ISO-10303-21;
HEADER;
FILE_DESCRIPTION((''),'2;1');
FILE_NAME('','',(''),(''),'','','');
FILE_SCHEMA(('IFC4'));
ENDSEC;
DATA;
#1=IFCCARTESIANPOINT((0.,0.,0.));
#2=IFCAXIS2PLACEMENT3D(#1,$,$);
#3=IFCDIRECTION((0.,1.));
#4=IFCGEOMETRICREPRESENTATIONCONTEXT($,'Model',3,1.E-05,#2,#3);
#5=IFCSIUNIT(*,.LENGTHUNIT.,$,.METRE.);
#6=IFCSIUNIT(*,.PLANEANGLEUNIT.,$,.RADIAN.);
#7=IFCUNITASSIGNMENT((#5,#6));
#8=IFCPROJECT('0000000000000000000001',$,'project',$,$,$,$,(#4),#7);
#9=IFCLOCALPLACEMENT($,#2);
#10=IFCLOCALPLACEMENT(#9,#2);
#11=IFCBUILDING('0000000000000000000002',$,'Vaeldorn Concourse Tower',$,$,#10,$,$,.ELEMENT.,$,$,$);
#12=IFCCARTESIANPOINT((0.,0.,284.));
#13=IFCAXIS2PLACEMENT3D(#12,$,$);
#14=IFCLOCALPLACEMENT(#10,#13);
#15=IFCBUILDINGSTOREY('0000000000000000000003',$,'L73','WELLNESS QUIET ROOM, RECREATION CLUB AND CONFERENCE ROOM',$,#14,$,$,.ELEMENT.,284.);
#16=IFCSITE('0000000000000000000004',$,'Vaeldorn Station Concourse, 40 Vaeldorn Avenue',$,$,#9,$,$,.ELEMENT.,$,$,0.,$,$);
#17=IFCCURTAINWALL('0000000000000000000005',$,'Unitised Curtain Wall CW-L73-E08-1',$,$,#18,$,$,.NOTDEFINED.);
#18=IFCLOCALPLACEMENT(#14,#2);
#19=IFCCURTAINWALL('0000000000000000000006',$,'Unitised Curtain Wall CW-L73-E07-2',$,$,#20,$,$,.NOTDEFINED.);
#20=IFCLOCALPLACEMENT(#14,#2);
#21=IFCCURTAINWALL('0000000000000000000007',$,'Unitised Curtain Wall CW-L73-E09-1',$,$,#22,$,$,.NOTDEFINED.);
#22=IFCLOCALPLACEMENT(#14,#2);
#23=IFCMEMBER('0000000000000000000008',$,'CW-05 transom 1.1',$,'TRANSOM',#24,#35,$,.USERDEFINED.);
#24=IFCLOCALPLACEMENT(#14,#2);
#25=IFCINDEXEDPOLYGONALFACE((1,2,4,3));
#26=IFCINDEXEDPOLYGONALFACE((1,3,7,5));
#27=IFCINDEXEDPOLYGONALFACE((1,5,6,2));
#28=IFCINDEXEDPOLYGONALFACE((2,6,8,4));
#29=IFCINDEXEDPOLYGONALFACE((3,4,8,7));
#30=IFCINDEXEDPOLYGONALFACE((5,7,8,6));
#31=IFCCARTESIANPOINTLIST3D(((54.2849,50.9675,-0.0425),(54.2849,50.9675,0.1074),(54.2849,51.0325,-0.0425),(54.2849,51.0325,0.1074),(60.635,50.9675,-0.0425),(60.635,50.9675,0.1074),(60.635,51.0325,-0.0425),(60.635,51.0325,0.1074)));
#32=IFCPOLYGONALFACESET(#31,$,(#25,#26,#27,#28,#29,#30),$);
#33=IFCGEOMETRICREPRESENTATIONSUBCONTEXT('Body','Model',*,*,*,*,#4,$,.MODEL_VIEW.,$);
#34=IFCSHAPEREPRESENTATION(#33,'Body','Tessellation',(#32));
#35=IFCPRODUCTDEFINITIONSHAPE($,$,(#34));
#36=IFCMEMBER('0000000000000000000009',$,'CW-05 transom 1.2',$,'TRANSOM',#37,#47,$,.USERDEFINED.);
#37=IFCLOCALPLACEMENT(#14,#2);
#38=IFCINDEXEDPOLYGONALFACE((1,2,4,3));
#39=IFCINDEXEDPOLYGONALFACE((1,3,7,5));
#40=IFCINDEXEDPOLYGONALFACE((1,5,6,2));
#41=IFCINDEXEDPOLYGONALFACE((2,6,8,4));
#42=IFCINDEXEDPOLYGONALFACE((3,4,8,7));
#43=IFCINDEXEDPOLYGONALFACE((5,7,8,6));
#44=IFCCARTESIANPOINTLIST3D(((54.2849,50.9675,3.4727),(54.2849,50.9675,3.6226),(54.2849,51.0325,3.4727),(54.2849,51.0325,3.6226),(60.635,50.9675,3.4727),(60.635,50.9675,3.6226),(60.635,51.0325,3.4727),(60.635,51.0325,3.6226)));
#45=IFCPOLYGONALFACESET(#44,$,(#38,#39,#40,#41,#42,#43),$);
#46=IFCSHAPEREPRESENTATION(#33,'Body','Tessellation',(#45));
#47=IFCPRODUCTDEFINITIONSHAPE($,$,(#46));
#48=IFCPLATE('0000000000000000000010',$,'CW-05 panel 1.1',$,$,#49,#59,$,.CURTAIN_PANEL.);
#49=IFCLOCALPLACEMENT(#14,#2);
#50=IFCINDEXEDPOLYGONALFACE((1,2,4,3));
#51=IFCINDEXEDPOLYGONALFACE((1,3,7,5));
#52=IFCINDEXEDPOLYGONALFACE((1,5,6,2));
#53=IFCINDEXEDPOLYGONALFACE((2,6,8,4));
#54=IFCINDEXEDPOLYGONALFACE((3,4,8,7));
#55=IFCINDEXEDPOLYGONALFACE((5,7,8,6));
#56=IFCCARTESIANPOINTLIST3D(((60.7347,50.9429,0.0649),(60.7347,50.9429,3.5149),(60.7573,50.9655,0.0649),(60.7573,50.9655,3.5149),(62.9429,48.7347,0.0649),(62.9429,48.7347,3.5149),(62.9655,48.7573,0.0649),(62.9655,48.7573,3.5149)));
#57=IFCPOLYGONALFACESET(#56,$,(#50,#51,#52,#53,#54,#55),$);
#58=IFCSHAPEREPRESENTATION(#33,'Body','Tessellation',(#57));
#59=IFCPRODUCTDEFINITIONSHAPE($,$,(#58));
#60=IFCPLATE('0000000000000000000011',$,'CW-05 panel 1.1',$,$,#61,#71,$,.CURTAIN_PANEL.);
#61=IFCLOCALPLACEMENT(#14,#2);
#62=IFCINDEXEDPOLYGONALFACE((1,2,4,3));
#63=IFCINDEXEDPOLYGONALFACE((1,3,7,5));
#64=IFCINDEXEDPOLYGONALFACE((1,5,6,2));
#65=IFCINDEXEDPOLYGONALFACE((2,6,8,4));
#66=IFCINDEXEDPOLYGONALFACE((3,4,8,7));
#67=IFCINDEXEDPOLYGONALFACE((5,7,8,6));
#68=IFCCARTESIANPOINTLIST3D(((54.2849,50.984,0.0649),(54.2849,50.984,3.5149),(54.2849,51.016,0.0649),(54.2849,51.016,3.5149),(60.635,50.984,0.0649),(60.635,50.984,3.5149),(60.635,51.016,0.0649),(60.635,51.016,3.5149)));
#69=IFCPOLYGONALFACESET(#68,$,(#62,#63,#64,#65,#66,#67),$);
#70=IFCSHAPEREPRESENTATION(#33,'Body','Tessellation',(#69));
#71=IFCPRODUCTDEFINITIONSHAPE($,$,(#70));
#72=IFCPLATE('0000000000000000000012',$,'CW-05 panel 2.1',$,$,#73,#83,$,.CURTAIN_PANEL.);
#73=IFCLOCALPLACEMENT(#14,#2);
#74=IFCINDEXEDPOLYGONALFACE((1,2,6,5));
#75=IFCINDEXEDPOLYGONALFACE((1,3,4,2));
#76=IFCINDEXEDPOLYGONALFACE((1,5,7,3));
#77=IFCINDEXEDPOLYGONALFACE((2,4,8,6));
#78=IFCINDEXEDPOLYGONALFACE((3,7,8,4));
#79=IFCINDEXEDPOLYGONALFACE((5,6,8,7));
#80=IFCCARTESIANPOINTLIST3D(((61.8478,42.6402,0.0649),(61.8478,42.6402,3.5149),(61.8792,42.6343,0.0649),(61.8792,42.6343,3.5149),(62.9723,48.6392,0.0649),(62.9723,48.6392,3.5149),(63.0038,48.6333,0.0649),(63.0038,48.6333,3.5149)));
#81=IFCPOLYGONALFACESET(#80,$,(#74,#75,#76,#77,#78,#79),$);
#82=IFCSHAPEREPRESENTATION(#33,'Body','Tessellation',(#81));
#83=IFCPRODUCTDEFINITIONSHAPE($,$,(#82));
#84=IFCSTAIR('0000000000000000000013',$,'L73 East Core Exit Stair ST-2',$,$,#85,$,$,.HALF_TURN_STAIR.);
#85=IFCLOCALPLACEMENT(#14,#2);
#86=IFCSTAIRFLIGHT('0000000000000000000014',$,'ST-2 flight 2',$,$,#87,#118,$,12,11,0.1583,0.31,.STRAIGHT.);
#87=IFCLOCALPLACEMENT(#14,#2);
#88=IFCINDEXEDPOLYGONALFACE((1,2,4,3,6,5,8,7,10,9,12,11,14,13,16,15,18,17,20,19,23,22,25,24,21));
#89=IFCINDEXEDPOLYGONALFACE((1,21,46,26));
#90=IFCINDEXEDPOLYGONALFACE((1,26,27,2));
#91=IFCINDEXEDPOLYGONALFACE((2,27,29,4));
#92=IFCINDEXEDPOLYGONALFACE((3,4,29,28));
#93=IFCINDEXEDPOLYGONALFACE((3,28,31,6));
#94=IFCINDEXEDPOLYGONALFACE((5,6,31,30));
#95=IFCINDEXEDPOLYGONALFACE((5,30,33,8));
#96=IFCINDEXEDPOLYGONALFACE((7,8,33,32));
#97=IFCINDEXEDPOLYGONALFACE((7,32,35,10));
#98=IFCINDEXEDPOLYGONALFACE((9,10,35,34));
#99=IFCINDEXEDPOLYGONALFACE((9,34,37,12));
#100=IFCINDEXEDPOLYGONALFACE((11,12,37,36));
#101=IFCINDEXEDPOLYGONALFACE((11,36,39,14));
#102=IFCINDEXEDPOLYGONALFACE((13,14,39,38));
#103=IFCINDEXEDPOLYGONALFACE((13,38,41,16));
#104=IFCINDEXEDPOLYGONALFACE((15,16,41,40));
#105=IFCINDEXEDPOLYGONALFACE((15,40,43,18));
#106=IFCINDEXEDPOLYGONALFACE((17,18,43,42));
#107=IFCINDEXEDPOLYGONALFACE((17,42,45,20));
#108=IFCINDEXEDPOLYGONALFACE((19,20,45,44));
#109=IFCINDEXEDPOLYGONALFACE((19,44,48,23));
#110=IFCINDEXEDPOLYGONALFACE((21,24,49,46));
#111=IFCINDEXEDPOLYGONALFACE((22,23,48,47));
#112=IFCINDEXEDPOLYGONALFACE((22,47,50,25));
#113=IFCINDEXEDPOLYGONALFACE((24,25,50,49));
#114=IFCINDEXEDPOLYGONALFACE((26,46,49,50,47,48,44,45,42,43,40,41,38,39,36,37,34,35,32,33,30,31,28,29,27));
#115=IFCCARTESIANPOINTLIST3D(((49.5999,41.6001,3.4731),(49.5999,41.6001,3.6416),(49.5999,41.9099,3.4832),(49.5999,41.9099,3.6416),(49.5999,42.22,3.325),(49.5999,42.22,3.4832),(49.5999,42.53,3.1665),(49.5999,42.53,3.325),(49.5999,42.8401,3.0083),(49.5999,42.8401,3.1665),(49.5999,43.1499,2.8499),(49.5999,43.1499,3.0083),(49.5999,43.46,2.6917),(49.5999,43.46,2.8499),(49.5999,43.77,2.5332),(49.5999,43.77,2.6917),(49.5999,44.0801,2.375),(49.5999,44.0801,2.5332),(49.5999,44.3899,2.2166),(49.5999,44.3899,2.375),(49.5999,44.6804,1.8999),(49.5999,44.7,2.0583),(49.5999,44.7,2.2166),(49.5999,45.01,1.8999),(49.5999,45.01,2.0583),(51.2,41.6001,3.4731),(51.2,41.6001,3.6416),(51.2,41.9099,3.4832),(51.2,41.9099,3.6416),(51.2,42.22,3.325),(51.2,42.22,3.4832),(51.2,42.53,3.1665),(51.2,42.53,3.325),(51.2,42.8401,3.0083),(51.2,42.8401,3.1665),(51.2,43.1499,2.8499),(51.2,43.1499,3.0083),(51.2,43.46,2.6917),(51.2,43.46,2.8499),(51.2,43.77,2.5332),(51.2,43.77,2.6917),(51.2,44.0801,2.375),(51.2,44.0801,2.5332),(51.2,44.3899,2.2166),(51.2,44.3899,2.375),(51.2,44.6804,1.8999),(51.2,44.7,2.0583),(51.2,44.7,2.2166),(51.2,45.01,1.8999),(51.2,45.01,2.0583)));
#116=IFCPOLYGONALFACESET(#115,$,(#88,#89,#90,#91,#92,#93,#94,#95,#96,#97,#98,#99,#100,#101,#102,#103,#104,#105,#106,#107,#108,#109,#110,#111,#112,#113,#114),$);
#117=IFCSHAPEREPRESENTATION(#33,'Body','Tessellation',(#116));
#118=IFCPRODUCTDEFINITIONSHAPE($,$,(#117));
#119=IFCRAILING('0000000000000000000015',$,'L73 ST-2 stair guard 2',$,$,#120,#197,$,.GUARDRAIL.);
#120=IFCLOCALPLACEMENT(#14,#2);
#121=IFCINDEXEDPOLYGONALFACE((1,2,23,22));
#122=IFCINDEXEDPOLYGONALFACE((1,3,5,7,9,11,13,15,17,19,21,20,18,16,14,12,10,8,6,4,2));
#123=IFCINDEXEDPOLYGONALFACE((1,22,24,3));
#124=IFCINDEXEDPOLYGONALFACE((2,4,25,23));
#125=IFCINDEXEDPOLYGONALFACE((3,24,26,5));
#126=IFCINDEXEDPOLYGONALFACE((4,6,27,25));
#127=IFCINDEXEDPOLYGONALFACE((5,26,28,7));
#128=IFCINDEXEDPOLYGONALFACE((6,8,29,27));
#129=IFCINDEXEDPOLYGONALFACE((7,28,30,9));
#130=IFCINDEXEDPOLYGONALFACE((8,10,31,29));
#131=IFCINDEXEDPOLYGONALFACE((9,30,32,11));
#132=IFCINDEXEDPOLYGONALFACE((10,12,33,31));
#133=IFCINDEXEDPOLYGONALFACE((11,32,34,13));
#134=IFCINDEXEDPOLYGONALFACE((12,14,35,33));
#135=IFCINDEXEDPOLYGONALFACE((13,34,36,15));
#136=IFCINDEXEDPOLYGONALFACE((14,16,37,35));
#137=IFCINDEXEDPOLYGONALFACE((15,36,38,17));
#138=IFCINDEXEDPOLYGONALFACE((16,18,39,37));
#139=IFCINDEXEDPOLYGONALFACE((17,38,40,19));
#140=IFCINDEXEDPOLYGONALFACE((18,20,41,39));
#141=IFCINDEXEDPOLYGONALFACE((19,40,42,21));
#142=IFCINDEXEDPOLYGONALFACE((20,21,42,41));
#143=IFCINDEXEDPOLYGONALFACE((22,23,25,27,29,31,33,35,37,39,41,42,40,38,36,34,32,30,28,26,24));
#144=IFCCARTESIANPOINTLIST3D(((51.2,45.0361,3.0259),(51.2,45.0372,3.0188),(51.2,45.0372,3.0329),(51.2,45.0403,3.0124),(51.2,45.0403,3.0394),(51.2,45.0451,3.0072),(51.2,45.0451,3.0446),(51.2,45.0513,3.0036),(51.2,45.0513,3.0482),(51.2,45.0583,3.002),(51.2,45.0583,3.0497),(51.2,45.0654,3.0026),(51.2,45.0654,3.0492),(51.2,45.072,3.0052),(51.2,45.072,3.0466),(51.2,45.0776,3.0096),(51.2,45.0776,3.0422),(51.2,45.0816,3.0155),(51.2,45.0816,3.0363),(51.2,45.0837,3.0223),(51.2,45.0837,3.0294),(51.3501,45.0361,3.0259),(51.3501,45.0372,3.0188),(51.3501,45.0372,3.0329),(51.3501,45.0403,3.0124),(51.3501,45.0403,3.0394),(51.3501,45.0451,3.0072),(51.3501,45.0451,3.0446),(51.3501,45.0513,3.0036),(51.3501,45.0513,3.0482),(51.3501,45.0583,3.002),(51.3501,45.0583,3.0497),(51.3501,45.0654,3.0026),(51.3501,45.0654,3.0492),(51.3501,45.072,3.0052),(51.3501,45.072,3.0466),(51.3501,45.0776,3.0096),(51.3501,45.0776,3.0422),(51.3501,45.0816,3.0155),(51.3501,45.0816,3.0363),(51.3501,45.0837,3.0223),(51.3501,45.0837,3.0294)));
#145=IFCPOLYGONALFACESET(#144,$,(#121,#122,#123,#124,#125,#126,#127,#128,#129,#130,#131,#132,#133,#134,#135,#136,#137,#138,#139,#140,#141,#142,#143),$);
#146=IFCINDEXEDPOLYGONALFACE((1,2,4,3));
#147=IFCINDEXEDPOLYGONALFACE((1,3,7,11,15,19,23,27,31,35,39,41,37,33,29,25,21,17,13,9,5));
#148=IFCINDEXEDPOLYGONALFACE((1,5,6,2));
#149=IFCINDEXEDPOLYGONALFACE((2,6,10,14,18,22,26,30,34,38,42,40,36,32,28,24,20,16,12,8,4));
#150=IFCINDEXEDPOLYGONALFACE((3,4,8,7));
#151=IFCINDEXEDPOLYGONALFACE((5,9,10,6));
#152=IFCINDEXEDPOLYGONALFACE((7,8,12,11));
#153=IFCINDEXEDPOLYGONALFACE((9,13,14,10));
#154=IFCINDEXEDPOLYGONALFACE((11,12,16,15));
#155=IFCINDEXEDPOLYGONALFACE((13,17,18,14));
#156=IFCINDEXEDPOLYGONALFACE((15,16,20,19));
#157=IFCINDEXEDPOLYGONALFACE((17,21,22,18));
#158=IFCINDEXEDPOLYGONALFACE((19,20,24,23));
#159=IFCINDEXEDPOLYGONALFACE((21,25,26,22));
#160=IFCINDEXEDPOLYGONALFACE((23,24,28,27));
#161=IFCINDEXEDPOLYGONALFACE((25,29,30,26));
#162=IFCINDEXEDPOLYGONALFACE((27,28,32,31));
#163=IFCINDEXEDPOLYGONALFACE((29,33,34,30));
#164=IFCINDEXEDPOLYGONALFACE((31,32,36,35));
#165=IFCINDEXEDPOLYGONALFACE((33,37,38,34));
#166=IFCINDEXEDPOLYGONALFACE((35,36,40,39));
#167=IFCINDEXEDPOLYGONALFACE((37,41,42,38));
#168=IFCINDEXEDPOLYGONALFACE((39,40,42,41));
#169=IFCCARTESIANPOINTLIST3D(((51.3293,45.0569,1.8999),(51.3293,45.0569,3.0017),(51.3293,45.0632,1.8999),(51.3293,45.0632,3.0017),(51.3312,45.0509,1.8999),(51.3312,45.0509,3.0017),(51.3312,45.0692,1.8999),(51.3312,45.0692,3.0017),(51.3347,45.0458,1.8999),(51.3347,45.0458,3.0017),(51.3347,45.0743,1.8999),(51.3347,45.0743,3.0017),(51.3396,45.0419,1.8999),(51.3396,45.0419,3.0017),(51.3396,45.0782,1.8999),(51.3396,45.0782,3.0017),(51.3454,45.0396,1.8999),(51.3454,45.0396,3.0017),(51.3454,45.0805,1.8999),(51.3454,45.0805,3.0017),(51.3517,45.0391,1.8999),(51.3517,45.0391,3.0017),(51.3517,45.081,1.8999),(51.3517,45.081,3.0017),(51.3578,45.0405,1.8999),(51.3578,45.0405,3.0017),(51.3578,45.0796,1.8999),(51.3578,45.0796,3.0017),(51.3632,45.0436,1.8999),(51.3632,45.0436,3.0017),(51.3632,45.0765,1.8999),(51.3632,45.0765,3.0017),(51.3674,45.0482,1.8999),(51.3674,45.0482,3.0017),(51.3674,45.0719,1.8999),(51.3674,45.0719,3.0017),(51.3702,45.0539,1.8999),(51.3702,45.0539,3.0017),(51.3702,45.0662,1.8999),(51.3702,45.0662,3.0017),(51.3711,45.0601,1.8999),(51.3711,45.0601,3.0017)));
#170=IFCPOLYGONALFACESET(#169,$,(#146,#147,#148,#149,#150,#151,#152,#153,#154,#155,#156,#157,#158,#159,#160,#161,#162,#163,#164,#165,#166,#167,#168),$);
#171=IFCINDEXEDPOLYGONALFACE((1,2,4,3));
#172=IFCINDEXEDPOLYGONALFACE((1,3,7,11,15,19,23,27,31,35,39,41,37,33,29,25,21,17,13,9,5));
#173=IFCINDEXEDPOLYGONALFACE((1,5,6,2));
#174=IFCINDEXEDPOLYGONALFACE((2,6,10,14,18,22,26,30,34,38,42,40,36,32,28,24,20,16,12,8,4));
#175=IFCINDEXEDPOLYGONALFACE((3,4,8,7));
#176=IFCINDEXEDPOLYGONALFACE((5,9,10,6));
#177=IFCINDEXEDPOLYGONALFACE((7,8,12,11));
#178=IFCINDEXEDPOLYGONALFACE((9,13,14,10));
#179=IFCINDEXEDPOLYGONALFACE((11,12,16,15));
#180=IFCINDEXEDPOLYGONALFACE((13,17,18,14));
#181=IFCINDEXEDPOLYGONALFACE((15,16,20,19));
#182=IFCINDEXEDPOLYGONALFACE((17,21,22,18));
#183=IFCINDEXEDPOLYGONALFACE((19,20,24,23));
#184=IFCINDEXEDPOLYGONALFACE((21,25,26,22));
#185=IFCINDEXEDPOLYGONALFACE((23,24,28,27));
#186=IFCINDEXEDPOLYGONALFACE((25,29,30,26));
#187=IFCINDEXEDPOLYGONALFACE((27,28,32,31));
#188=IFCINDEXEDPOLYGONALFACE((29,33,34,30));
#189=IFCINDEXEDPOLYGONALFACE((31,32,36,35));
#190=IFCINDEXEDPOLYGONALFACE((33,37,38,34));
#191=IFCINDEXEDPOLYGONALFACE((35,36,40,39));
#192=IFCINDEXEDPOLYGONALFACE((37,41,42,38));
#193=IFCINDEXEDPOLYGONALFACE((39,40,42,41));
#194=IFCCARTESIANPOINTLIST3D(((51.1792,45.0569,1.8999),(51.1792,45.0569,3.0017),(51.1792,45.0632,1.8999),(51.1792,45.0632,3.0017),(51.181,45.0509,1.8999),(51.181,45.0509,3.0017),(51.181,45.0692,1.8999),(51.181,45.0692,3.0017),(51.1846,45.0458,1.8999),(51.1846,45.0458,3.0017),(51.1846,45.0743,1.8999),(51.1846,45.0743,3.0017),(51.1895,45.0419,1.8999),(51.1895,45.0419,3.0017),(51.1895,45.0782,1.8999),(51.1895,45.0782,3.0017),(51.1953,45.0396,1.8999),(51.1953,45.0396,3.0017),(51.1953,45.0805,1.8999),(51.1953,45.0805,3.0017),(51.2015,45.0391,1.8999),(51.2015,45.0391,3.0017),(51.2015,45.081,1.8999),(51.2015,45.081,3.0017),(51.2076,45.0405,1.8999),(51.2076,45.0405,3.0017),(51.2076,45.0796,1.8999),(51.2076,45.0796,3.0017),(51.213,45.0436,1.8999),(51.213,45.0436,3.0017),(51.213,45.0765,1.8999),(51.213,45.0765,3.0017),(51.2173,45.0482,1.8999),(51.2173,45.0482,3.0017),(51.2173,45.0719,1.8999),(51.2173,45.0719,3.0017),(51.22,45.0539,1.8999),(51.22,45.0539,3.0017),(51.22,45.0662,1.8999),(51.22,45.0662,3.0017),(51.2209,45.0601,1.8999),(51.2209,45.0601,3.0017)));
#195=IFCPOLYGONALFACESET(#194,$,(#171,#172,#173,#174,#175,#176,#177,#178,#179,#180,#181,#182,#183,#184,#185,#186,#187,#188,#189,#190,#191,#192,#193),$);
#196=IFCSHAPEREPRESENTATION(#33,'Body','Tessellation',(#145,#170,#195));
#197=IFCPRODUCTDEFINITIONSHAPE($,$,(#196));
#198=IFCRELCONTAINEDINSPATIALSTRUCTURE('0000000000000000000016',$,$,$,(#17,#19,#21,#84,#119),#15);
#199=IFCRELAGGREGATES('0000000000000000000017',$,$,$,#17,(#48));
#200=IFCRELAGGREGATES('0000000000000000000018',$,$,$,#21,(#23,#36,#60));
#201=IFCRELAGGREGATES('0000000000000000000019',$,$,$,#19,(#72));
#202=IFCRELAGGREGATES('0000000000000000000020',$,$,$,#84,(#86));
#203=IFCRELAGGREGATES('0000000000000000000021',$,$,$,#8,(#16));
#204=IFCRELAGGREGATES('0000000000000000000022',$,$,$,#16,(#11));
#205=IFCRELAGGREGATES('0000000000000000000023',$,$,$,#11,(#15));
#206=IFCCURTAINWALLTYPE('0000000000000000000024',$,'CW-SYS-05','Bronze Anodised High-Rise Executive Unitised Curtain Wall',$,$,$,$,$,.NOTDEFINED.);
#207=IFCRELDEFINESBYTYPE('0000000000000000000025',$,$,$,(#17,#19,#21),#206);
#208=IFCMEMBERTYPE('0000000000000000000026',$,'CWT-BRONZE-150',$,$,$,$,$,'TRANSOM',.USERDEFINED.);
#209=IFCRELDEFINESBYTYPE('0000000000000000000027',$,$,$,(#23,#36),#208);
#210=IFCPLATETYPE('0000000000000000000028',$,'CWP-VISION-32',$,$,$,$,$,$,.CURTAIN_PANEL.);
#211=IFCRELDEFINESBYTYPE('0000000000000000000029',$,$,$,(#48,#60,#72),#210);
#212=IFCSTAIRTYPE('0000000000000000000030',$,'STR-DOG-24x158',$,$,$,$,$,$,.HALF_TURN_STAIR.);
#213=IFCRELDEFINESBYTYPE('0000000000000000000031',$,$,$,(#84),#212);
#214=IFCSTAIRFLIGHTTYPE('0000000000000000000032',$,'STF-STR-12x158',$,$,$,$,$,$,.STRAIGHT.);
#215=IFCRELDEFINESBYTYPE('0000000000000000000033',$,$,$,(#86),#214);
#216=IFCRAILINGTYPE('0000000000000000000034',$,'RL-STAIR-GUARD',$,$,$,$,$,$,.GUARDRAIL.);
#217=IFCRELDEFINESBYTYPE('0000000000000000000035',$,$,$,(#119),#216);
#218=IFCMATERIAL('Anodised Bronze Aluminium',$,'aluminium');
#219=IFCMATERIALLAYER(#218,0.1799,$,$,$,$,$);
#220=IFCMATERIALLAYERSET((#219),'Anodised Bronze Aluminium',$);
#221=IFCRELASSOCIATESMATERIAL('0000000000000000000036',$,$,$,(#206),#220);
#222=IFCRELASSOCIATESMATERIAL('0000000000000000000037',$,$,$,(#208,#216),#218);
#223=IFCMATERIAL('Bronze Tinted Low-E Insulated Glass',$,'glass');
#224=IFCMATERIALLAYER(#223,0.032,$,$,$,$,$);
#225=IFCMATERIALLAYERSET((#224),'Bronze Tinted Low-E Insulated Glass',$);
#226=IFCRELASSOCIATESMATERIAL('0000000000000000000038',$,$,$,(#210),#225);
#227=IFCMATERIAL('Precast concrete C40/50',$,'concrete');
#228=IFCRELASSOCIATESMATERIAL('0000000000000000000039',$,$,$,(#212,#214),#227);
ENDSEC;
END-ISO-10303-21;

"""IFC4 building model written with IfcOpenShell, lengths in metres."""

from ifc_helpers import new_model, si_unit, direction, frame, origin, origin_2d, place, context, subcontext, project, spatial, polyline, rectangle, circle, outline, extrude, source, transform, mapped, material, layer, layer_set, material_profile, profile_set, type_object, element, aggregate, save


model = new_model("IFC4")

# Units and contexts
model_context = context("Model", 3, precision=1e-05, world=origin(), true_north=direction((0.0, 1.0)))
body_context = subcontext(model_context, "Body", "Model", "MODEL_VIEW")
ifc_project = project(units=[si_unit("LENGTHUNIT", "METRE"), si_unit("PLANEANGLEUNIT", "RADIAN")], contexts=[model_context])

# Site, building, storey
site_placement = place(None, origin())
site = spatial("IfcSite", under=ifc_project, at=site_placement, Name="Vaeldorn Station Concourse, 40 Vaeldorn Avenue", CompositionType="ELEMENT", RefElevation=0.0)
building_placement = place(site_placement, origin())
building = spatial("IfcBuilding", under=site, at=building_placement, Name="Vaeldorn Concourse Tower", CompositionType="ELEMENT")
storey_placement = place(building_placement, frame((0.0, 0.0, 284.0)))
storey = spatial("IfcBuildingStorey", under=building, at=storey_placement, Name="L73", Description="WELLNESS QUIET ROOM, RECREATION CLUB AND CONFERENCE ROOM", CompositionType="ELEMENT", Elevation=284.0)

# Curtain wall
ifc_material_1 = material(Name="Anodised Bronze Aluminium", Category="aluminium")
ifc_layer_1 = layer(ifc_material_1, 0.1799)
ifc_layer_set_1 = layer_set([ifc_layer_1], Name="Anodised Bronze Aluminium")
curtain_wall_type = type_object("IfcCurtainWallType", Name="CW-SYS-05", Description="Bronze Anodised High-Rise Executive Unitised Curtain Wall", PredefinedType="NOTDEFINED", material=ifc_layer_set_1)
curtain_wall_1_placement = place(storey_placement, origin())
curtain_wall_1 = element("IfcCurtainWall", 1, at=curtain_wall_1_placement, inside=storey, type_object=curtain_wall_type, Name="Unitised Curtain Wall CW-L73-E08-1", PredefinedType="NOTDEFINED")
ifc_material_profile_1 = material_profile(ifc_material_1, rectangle(XDim=0.0649, YDim=0.1499, at=origin_2d()), Name="CWT 65x150")
ifc_profile_set_1 = profile_set([ifc_material_profile_1], Name="Anodised Bronze Aluminium")
member_type_1 = type_object("IfcMemberType", Name="CWT-BRONZE-150", ElementType="TRANSOM", PredefinedType="USERDEFINED", material=ifc_profile_set_1)

# Curtain wall
curtain_wall_2_placement = place(storey_placement, origin())
curtain_wall_2 = element("IfcCurtainWall", 2, at=curtain_wall_2_placement, inside=storey, type_object=curtain_wall_type, Name="Unitised Curtain Wall CW-L73-E07-2", PredefinedType="NOTDEFINED")

# Curtain wall, members
curtain_wall_3_placement = place(storey_placement, origin())
curtain_wall_3 = element("IfcCurtainWall", 3, at=curtain_wall_3_placement, inside=storey, type_object=curtain_wall_type, Name="Unitised Curtain Wall CW-L73-E09-1", PredefinedType="NOTDEFINED")
shared_shape_1 = source(origin(), body_context, "Body", "SweptSolid", [
    extrude(rectangle(XDim=0.0649, YDim=0.1499, at=origin_2d()), origin(), (0.0, 0.0, 1.0), 6.3501),
])
member_1_placement = place(storey_placement, frame((60.635, 51.0, 0.0325), z_axis=(-1.0, 0.0, 0.0), x_axis=(0.0, -1.0, 0.0)))
member_1 = element("IfcMember", 4, at=member_1_placement, type_object=member_type_1, Name="CW-05 transom 1.1", ObjectType="TRANSOM", PredefinedType="USERDEFINED", context=body_context, shape_type="MappedRepresentation", body=[
    mapped(shared_shape_1, transform((0.0, 0.0, 0.0), scale=1.0)),
])
member_2_placement = place(storey_placement, frame((60.635, 51.0, 3.5476), z_axis=(-1.0, 0.0, 0.0), x_axis=(0.0, -1.0, 0.0)))
member_2 = element("IfcMember", 5, at=member_2_placement, type_object=member_type_1, Name="CW-05 transom 1.2", ObjectType="TRANSOM", PredefinedType="USERDEFINED", context=body_context, shape_type="MappedRepresentation", body=[
    mapped(shared_shape_1, transform((0.0, 0.0, 0.0), scale=1.0)),
])

# Plates
ifc_material_2 = material(Name="Bronze Tinted Low-E Insulated Glass", Category="glass")
ifc_layer_2 = layer(ifc_material_2, 0.032)
ifc_layer_set_2 = layer_set([ifc_layer_2], Name="Bronze Tinted Low-E Insulated Glass")
plate_type = type_object("IfcPlateType", Name="CWP-VISION-32", PredefinedType="CURTAIN_PANEL", material=ifc_layer_set_2)
shared_shape_2 = source(origin(), body_context, "Body", "SweptSolid", [
    extrude(rectangle(XDim=3.1228, YDim=0.032, at=origin_2d()), origin(), (0.0, 0.0, 1.0), 3.45),
])
plate_1_placement = place(storey_placement, frame((61.8501, 49.8501, 0.0649), z_axis=(0.0, 0.0, 1.0), x_axis=(-0.707107, 0.707107, 0.0)))
plate_1 = element("IfcPlate", 6, at=plate_1_placement, type_object=plate_type, Name="CW-05 panel 1.1", PredefinedType="CURTAIN_PANEL", context=body_context, shape_type="MappedRepresentation", body=[
    mapped(shared_shape_2, transform((0.0, 0.0, 0.0), scale=1.0)),
])
aggregate(curtain_wall_1, [plate_1])
shared_shape_3 = source(origin(), body_context, "Body", "SweptSolid", [
    extrude(rectangle(XDim=6.3501, YDim=0.032, at=origin_2d()), origin(), (0.0, 0.0, 1.0), 3.45),
])
plate_2_placement = place(storey_placement, frame((57.46, 51.0, 0.0649), z_axis=(0.0, 0.0, 1.0), x_axis=(-1.0, 0.0, 0.0)))
plate_2 = element("IfcPlate", 7, at=plate_2_placement, type_object=plate_type, Name="CW-05 panel 1.1", PredefinedType="CURTAIN_PANEL", context=body_context, shape_type="MappedRepresentation", body=[
    mapped(shared_shape_3, transform((0.0, 0.0, 0.0), scale=1.0)),
])
aggregate(curtain_wall_3, [member_1, member_2, plate_2])
shared_shape_4 = source(origin(), body_context, "Body", "SweptSolid", [
    extrude(rectangle(XDim=6.1035, YDim=0.032, at=origin_2d()), origin(), (0.0, 0.0, 1.0), 3.45),
])
plate_3_placement = place(storey_placement, frame((62.4258, 45.6367, 0.0649), z_axis=(0.0, 0.0, 1.0), x_axis=(0.184246, 0.98288, 0.0)))
plate_3 = element("IfcPlate", 8, at=plate_3_placement, type_object=plate_type, Name="CW-05 panel 2.1", PredefinedType="CURTAIN_PANEL", context=body_context, shape_type="MappedRepresentation", body=[
    mapped(shared_shape_4, transform((0.0, 0.0, 0.0), scale=1.0)),
])
aggregate(curtain_wall_2, [plate_3])

# Stair, stair flight
ifc_material_3 = material(Name="Precast concrete C40/50", Category="concrete")
stair_type = type_object("IfcStairType", Name="STR-DOG-24x158", PredefinedType="HALF_TURN_STAIR", material=ifc_material_3)
stair_placement = place(storey_placement, origin())
stair = element("IfcStair", 9, at=stair_placement, inside=storey, type_object=stair_type, Name="L73 East Core Exit Stair ST-2", PredefinedType="HALF_TURN_STAIR")
stair_flight_type = type_object("IfcStairFlightType", Name="STF-STR-12x158", PredefinedType="STRAIGHT", material=ifc_material_3)
stair_flight_placement = place(storey_placement, frame((50.3999, 45.01, 1.8999), z_axis=(0.0, 0.0, 1.0), x_axis=(0.0, -1.0, 0.0)))
stair_flight = element("IfcStairFlight", 10, at=stair_flight_placement, type_object=stair_flight_type, Name="ST-2 flight 2", NumberOfRisers=12, NumberOfTreads=11, PredefinedType="STRAIGHT", RiserHeight=0.1583, TreadLength=0.31, context=body_context, shape_type="SweptSolid", body=[
    extrude(outline(polyline([(0.0, 0.0), (0.0, 0.1584), (0.3101, 0.1584), (0.3101, 0.3167), (0.6201, 0.3167), (0.6201, 0.4751), (0.9299, 0.4751), (0.9299, 0.6333), (1.24, 0.6333), (1.24, 0.7917), (1.55, 0.7917), (1.55, 0.95), (1.8601, 0.95), (1.8601, 1.1084), (2.1699, 1.1084), (2.1699, 1.2666), (2.48, 1.2666), (2.48, 1.425), (2.79, 1.425), (2.79, 1.5833), (3.1001, 1.5833), (3.1001, 1.7417), (3.4099, 1.7417), (3.4099, 1.8999), (3.4099, 1.5732), (0.3296, 0.0), (0.0, 0.0)])), frame((0.0, 0.8, 0.0), z_axis=(0.0, -1.0, 0.0), x_axis=(1.0, 0.0, 0.0)), (0.0, 0.0, 1.0), 1.6001),
])
aggregate(stair, [stair_flight])

# Railing
railing_type_1 = type_object("IfcRailingType", Name="RL-STAIR-GUARD", PredefinedType="GUARDRAIL", material=ifc_material_1)
railing_1_placement = place(storey_placement, frame((51.3501, 45.0601, 1.8999)))
element("IfcRailing", 11, at=railing_1_placement, inside=storey, type_object=railing_type_1, Name="L73 ST-2 stair guard 2", PredefinedType="GUARDRAIL", context=body_context, shape_type="SweptSolid", body=[
    extrude(circle(Radius=0.0239, at=origin_2d()), frame((0.0, 0.0, 1.126), z_axis=(-1.0, 0.0, 0.0), x_axis=(0.0, -1.0, 0.0)), (0.0, 0.0, 1.0), 0.1501),
    extrude(circle(Radius=0.021, at=origin_2d()), origin(), (0.0, 0.0, 1.0), 1.1018),
    extrude(circle(Radius=0.021, at=origin_2d()), frame((-0.1501, 0.0, 0.0)), (0.0, 0.0, 1.0), 1.1018),
])

save(model, "model.ifc")
